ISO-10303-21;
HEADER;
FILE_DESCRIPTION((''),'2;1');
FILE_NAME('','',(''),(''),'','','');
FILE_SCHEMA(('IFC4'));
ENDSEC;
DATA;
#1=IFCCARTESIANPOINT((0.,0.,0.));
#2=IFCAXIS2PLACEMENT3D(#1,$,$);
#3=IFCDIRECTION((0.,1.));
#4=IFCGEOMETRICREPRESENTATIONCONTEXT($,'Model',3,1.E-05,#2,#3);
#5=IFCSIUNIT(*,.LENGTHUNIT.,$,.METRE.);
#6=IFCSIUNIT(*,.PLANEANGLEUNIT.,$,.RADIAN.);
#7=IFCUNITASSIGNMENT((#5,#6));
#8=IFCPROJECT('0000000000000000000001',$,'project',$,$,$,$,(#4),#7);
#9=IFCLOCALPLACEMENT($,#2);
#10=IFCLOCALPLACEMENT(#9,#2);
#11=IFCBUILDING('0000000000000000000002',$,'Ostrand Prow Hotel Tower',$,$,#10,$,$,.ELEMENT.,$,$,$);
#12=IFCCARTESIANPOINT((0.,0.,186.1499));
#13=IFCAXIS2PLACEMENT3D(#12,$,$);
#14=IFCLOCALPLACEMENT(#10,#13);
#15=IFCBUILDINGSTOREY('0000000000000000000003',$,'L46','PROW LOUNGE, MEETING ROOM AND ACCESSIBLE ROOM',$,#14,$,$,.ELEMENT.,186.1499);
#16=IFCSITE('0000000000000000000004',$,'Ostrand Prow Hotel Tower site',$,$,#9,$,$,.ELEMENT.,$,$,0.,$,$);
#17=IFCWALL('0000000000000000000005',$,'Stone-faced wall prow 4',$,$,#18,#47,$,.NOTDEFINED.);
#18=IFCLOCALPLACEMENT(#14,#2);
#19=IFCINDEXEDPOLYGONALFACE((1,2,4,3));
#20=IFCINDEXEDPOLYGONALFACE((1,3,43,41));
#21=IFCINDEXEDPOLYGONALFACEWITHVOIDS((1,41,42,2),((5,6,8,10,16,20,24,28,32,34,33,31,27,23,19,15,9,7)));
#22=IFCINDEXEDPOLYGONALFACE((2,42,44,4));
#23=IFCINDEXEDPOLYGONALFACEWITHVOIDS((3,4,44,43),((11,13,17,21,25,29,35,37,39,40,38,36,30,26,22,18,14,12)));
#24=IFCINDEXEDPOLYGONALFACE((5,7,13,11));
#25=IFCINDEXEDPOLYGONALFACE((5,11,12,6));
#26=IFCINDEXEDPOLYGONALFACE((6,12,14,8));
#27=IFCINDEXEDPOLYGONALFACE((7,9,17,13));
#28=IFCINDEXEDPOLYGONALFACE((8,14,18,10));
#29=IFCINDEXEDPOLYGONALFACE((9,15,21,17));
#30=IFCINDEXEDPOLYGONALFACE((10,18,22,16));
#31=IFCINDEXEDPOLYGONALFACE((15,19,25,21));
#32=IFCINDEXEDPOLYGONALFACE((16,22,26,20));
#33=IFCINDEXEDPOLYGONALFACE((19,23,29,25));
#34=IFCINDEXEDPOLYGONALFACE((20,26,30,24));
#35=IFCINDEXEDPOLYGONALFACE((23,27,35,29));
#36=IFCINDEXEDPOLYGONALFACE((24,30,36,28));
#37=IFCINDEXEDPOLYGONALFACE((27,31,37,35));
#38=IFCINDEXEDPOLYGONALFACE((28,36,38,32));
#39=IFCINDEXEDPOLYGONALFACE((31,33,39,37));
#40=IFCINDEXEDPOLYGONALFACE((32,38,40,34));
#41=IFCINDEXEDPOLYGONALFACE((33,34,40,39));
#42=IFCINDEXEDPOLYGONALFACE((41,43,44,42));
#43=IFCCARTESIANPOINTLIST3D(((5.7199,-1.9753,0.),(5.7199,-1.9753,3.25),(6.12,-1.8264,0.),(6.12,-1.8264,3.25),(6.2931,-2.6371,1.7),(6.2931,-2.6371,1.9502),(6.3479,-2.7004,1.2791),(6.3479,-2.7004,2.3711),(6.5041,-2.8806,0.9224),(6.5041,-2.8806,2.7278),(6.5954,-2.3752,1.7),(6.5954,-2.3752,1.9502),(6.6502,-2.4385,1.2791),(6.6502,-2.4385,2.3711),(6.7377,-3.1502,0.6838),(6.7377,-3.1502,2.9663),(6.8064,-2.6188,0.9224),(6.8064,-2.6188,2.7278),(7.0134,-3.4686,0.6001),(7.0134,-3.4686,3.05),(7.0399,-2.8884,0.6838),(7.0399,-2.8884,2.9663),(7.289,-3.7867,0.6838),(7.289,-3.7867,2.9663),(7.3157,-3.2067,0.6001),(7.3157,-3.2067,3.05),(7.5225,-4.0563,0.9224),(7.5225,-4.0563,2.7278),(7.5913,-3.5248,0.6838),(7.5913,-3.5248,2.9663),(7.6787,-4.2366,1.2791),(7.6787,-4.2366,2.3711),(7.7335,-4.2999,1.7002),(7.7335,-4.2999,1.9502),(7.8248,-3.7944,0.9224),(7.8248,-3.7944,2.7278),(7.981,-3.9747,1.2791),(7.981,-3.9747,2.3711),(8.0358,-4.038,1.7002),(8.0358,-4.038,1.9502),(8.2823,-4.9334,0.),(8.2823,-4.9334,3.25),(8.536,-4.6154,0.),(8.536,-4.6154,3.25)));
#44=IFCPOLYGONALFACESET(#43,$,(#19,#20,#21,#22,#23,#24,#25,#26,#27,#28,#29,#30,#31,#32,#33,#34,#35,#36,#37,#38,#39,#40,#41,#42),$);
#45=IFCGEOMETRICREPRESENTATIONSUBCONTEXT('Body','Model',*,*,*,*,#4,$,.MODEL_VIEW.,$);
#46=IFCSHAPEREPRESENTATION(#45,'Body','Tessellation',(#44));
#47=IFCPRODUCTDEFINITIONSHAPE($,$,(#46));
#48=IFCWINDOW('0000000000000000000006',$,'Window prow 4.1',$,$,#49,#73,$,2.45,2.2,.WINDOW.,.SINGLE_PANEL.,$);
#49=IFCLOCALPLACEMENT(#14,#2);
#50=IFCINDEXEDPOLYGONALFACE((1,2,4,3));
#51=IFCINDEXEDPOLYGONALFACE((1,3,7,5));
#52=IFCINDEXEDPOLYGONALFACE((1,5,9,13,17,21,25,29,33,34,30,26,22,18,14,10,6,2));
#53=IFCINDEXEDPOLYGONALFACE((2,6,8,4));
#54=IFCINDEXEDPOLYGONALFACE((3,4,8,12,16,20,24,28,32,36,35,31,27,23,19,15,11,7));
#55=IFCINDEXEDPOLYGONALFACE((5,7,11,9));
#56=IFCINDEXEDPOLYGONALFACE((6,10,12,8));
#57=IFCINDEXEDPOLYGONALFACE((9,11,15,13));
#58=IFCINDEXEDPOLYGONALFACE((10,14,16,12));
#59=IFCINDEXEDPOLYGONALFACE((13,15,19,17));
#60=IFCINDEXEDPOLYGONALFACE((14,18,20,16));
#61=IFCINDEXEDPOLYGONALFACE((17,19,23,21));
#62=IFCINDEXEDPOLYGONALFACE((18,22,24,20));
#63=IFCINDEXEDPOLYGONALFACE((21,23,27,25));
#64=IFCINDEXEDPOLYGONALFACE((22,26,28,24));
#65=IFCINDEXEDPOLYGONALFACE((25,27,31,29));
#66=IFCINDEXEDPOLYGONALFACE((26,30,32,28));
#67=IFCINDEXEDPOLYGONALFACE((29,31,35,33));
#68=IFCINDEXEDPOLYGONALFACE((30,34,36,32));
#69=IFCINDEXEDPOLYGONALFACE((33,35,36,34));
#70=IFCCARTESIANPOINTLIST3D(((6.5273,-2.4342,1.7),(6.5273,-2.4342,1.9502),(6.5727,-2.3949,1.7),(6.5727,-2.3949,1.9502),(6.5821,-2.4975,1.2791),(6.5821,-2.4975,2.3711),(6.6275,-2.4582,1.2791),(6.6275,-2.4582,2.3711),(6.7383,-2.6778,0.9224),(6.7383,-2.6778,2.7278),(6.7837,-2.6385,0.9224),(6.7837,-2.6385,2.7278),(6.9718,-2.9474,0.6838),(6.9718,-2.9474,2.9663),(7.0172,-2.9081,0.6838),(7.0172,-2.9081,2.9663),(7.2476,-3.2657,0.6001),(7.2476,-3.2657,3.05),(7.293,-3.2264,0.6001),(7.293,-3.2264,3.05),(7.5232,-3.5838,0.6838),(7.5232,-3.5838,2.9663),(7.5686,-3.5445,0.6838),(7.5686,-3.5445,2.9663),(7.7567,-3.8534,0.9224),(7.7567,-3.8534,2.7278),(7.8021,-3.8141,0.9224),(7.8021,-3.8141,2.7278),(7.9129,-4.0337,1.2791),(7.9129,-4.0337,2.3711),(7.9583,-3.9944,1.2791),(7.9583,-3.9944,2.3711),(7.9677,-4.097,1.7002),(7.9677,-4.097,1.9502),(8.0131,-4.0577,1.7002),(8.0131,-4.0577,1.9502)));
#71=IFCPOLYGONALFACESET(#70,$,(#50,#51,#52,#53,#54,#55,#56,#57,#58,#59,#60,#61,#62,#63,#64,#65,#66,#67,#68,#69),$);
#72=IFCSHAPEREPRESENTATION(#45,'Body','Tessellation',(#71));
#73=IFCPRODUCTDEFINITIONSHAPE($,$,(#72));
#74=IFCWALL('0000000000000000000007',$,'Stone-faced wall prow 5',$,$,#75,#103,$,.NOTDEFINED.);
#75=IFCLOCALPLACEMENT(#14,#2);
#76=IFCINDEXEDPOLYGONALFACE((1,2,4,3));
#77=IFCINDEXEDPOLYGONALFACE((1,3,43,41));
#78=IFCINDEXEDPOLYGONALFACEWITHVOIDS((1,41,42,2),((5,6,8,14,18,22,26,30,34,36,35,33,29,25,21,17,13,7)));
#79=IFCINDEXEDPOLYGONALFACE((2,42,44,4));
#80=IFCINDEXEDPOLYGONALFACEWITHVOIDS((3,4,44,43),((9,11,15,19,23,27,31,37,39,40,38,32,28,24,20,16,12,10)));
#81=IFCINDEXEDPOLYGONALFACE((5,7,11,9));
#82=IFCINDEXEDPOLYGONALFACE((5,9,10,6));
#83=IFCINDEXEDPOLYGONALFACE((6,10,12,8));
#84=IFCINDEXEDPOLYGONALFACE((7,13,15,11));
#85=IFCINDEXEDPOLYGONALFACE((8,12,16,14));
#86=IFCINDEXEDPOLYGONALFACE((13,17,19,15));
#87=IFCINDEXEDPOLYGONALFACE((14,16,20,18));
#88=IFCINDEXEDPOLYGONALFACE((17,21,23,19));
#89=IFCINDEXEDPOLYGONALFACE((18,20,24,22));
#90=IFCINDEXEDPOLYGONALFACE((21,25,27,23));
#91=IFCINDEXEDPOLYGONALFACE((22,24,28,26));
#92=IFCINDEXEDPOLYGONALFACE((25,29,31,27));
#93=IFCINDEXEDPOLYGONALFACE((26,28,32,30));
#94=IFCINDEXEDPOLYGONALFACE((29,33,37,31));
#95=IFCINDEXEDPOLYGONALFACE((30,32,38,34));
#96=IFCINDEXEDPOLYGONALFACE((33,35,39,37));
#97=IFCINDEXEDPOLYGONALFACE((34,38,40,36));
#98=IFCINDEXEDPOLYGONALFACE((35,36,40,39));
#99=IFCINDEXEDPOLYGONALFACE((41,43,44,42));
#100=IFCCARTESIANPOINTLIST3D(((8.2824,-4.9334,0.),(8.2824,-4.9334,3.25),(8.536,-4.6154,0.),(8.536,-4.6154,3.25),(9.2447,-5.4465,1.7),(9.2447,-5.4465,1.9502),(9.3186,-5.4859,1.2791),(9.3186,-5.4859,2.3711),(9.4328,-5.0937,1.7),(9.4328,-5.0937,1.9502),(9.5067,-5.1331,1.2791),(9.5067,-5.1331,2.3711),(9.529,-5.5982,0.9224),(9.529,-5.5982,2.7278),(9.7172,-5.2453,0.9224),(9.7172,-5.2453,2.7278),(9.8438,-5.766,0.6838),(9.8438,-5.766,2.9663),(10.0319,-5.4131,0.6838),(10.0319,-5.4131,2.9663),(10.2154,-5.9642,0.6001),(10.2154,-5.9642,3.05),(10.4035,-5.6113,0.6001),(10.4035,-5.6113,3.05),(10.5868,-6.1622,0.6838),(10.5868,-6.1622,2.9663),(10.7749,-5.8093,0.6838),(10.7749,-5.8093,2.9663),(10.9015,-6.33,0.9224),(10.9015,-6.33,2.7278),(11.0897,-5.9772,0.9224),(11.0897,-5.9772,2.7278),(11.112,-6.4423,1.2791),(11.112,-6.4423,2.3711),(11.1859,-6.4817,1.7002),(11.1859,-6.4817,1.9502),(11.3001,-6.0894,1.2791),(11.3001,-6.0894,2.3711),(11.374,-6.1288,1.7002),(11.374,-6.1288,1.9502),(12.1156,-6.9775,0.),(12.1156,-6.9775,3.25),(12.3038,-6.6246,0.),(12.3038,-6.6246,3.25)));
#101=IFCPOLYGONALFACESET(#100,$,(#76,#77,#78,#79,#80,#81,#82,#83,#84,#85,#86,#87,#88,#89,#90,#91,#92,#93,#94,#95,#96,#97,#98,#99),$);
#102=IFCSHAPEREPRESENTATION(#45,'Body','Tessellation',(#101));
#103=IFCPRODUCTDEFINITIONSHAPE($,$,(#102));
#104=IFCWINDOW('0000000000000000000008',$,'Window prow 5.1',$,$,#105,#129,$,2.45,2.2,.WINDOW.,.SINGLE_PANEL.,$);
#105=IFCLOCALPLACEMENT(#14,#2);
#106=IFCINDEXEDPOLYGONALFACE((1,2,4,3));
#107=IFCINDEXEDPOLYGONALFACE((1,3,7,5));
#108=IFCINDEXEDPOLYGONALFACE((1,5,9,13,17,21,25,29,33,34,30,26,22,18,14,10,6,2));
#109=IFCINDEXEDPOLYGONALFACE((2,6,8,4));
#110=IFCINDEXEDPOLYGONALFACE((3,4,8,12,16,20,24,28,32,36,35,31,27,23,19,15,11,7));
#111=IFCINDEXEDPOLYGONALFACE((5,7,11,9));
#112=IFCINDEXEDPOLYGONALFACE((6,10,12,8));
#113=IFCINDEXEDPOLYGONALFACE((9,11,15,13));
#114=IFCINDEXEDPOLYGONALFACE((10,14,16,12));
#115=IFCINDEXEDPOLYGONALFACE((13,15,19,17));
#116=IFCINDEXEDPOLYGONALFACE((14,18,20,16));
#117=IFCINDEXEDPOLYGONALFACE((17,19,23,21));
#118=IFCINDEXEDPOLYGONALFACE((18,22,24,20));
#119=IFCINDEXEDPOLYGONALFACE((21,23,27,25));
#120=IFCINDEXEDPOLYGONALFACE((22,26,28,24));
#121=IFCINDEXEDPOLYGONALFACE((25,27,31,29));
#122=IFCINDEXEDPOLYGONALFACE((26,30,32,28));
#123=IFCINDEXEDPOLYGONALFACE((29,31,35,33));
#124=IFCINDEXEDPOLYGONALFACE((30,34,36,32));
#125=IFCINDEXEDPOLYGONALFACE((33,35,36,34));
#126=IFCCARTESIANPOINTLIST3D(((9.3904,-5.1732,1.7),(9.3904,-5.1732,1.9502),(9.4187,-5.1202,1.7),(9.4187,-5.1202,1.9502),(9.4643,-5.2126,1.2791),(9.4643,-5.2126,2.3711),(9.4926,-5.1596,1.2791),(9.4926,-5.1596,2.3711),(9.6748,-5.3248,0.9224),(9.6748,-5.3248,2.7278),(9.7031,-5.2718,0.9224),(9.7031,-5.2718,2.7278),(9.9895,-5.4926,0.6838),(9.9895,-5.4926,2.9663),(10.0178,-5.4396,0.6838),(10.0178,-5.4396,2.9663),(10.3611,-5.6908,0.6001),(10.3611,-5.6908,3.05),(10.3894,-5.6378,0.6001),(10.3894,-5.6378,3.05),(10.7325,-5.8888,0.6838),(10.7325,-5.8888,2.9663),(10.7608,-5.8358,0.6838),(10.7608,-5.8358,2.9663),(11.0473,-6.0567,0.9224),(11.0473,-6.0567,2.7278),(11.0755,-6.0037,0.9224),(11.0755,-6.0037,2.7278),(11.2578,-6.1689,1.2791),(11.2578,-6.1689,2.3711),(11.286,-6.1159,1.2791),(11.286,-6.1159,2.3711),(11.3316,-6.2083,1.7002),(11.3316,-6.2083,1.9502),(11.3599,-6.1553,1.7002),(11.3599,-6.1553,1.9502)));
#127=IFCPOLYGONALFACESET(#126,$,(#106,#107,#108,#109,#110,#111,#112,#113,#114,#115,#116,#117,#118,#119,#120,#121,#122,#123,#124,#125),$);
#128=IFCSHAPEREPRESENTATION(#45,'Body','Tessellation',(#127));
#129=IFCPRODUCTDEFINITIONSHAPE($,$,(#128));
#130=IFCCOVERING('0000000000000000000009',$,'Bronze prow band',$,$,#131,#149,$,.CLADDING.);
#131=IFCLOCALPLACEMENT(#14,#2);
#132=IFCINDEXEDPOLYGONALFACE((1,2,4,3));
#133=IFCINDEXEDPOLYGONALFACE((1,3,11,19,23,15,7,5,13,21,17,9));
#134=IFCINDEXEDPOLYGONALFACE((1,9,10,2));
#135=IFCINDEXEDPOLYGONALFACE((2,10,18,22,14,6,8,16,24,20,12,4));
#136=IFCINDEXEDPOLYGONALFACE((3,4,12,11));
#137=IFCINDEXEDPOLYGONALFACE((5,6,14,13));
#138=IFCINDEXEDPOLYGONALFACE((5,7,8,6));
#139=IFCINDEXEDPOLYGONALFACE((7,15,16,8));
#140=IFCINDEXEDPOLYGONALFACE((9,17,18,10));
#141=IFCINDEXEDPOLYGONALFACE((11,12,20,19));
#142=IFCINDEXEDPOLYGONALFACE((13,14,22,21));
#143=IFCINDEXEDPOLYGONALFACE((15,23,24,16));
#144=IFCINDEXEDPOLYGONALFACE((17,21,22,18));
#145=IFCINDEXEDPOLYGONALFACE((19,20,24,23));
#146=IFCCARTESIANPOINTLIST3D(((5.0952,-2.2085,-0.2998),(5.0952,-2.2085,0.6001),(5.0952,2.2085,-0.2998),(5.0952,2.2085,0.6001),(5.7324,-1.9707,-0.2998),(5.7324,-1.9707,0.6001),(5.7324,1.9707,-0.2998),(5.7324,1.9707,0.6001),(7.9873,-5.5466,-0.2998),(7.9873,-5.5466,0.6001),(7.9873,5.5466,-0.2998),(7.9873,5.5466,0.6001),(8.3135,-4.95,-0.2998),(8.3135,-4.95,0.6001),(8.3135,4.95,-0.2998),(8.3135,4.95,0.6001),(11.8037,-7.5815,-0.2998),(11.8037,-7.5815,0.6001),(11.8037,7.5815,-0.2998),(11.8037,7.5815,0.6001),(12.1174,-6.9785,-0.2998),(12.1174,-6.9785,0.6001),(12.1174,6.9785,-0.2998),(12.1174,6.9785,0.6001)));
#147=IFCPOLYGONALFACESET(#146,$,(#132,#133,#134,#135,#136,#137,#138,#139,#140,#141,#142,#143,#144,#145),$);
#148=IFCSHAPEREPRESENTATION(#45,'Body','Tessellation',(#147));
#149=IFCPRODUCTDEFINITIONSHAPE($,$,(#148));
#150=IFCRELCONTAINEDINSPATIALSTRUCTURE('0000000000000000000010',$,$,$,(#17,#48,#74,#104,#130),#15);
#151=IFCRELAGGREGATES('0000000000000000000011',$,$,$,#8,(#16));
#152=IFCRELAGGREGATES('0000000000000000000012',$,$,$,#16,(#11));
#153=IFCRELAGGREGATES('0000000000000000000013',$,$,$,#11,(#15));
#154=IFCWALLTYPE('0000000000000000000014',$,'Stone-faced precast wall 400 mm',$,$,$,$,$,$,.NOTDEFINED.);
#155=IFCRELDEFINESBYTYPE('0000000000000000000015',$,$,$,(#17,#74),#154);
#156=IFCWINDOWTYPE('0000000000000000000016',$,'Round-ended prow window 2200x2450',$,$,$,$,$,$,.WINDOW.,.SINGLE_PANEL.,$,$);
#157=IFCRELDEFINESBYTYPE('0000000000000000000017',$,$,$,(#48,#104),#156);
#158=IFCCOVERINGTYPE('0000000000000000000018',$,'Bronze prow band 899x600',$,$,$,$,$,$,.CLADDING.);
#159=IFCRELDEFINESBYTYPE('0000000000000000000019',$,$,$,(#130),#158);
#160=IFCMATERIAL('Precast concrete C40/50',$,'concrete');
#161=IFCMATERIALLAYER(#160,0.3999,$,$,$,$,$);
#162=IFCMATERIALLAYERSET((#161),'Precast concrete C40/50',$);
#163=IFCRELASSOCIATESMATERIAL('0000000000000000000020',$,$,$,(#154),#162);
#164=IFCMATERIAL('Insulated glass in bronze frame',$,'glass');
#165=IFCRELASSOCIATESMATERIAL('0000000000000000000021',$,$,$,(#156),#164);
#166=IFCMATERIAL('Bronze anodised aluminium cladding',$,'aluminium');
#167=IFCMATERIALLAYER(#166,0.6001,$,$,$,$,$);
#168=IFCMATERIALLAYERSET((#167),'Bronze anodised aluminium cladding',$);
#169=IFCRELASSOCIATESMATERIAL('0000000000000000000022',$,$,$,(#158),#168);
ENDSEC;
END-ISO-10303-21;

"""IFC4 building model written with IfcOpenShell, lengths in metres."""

from ifc_helpers import new_model, si_unit, direction, frame, origin, place, context, subcontext, project, spatial, polyline, outline, extrude, material, layer, layer_set, type_object, element, fill, save


model = new_model("IFC4")

# Units and contexts
model_context = context("Model", 3, precision=1e-05, world=origin(), true_north=direction((0.0, 1.0)))
body_context = subcontext(model_context, "Body", "Model", "MODEL_VIEW")
ifc_project = project(units=[si_unit("LENGTHUNIT", "METRE"), si_unit("PLANEANGLEUNIT", "RADIAN")], contexts=[model_context])

# Site, building, storey
site_placement = place(None, origin())
site = spatial("IfcSite", under=ifc_project, at=site_placement, Name="Ostrand Prow Hotel Tower site", CompositionType="ELEMENT", RefElevation=0.0)
building_placement = place(site_placement, origin())
building = spatial("IfcBuilding", under=site, at=building_placement, Name="Ostrand Prow Hotel Tower", CompositionType="ELEMENT")
storey_placement = place(building_placement, frame((0.0, 0.0, 186.1499)))
storey = spatial("IfcBuildingStorey", under=building, at=storey_placement, Name="L46", Description="PROW LOUNGE, MEETING ROOM AND ACCESSIBLE ROOM", CompositionType="ELEMENT", Elevation=186.1499)

# Walls, openings, windows
ifc_material_1 = material(Name="Precast concrete C40/50", Category="concrete")
ifc_layer_1 = layer(ifc_material_1, 0.3999)
ifc_layer_set_1 = layer_set([ifc_layer_1], Name="Precast concrete C40/50")
wall_type = type_object("IfcWallType", Name="Stone-faced precast wall 400 mm", PredefinedType="NOTDEFINED", material=ifc_layer_set_1)
wall_1_placement = place(storey_placement, frame((5.9199, -1.9009, 0.0), z_axis=(0.0, 0.0, 1.0), x_axis=(0.654759, -0.755837, 0.0)))
wall_1 = element("IfcWall", 1, at=wall_1_placement, inside=storey, type_object=wall_type, Name="Stone-faced wall prow 4", PredefinedType="NOTDEFINED", context=body_context, shape_type="SweptSolid", body=[
    extrude(outline(polyline([(-0.0747, -0.2), (3.8389, -0.2), (3.7646, 0.2), (0.0747, 0.2), (-0.0747, -0.2)])), origin(), (0.0, 0.0, 1.0), 3.25),
])
opening_1_placement = place(wall_1_placement, frame((0.8008, 0.0, 0.6001)))
opening_1 = element("IfcOpeningElement", 2, at=opening_1_placement, cuts=wall_1, PredefinedType="OPENING", context=body_context, shape_type="SweptSolid", body=[
    extrude(outline(polyline([(0.0, 1.3501), (0.0837, 1.771), (0.3223, 2.1277), (0.679, 2.3662), (1.1001, 2.45), (1.521, 2.3662), (1.8777, 2.1277), (2.1162, 1.771), (2.2, 1.3501), (2.2, 1.1001), (2.1162, 0.679), (1.8777, 0.3223), (1.521, 0.0837), (1.1001, 0.0), (0.679, 0.0837), (0.3223, 0.3223), (0.0837, 0.679), (0.0, 1.0999), (0.0, 1.3501)])), frame((0.0, 0.21, 0.0), z_axis=(0.0, -1.0, 0.0), x_axis=(1.0, 0.0, 0.0)), (0.0, 0.0, 1.0), 0.4199),
])
ifc_material_2 = material(Name="Insulated glass in bronze frame", Category="glass")
window_type = type_object("IfcWindowType", Name="Round-ended prow window 2200x2450", PartitioningType="SINGLE_PANEL", PredefinedType="WINDOW", material=ifc_material_2)
window_1_placement = place(opening_1_placement, origin())
window_1 = element("IfcWindow", 3, at=window_1_placement, inside=storey, type_object=window_type, Name="Window prow 4.1", OverallHeight=2.45, OverallWidth=2.2, PartitioningType="SINGLE_PANEL", PredefinedType="WINDOW", context=body_context, shape_type="SweptSolid", body=[
    extrude(outline(polyline([(0.0, 1.3501), (0.0837, 1.771), (0.3223, 2.1277), (0.679, 2.3662), (1.1001, 2.45), (1.521, 2.3662), (1.8777, 2.1277), (2.1162, 1.771), (2.2, 1.3501), (2.2, 1.1001), (2.1162, 0.679), (1.8777, 0.3223), (1.521, 0.0837), (1.1001, 0.0), (0.679, 0.0837), (0.3223, 0.3223), (0.0837, 0.679), (0.0, 1.0999), (0.0, 1.3501)])), frame((0.0, 0.1699, 0.0), z_axis=(0.0, -1.0, 0.0), x_axis=(1.0, 0.0, 0.0)), (0.0, 0.0, 1.0), 0.0601),
])
fill(opening_1, window_1)
wall_2_placement = place(storey_placement, frame((8.4092, -4.7744, 0.0), z_axis=(0.0, 0.0, 1.0), x_axis=(0.882386, -0.470526, 0.0)))
wall_2 = element("IfcWall", 4, at=wall_2_placement, inside=storey, type_object=wall_type, Name="Stone-faced wall prow 5", PredefinedType="NOTDEFINED", context=body_context, shape_type="SweptSolid", body=[
    extrude(outline(polyline([(-0.0371, -0.2), (4.3071, -0.2), (4.3071, 0.2), (0.0371, 0.2), (-0.0371, -0.2)])), origin(), (0.0, 0.0, 1.0), 3.25),
])
opening_2_placement = place(wall_2_placement, frame((1.0535, 0.0, 0.6001)))
opening_2 = element("IfcOpeningElement", 5, at=opening_2_placement, cuts=wall_2, PredefinedType="OPENING", context=body_context, shape_type="SweptSolid", body=[
    extrude(outline(polyline([(0.0, 1.3501), (0.0837, 1.771), (0.3223, 2.1277), (0.679, 2.3662), (1.1001, 2.45), (1.521, 2.3662), (1.8777, 2.1277), (2.1162, 1.771), (2.2, 1.3501), (2.2, 1.1001), (2.1162, 0.679), (1.8777, 0.3223), (1.521, 0.0837), (1.1001, 0.0), (0.679, 0.0837), (0.3223, 0.3223), (0.0837, 0.679), (0.0, 1.0999), (0.0, 1.3501)])), frame((0.0, 0.21, 0.0), z_axis=(0.0, -1.0, 0.0), x_axis=(1.0, 0.0, 0.0)), (0.0, 0.0, 1.0), 0.4199),
])
window_2_placement = place(opening_2_placement, origin())
window_2 = element("IfcWindow", 6, at=window_2_placement, inside=storey, type_object=window_type, Name="Window prow 5.1", OverallHeight=2.45, OverallWidth=2.2, PartitioningType="SINGLE_PANEL", PredefinedType="WINDOW", context=body_context, shape_type="SweptSolid", body=[
    extrude(outline(polyline([(0.0, 1.3501), (0.0837, 1.771), (0.3223, 2.1277), (0.679, 2.3662), (1.1001, 2.45), (1.521, 2.3662), (1.8777, 2.1277), (2.1162, 1.771), (2.2, 1.3501), (2.2, 1.1001), (2.1162, 0.679), (1.8777, 0.3223), (1.521, 0.0837), (1.1001, 0.0), (0.679, 0.0837), (0.3223, 0.3223), (0.0837, 0.679), (0.0, 1.0999), (0.0, 1.3501)])), frame((0.0, 0.1699, 0.0), z_axis=(0.0, -1.0, 0.0), x_axis=(1.0, 0.0, 0.0)), (0.0, 0.0, 1.0), 0.0601),
])
fill(opening_2, window_2)

# Covering
ifc_material_3 = material(Name="Bronze anodised aluminium cladding", Category="aluminium")
ifc_layer_2 = layer(ifc_material_3, 0.6001)
ifc_layer_set_2 = layer_set([ifc_layer_2], Name="Bronze anodised aluminium cladding")
covering_type_1 = type_object("IfcCoveringType", Name="Bronze prow band 899x600", PredefinedType="CLADDING", material=ifc_layer_set_2)
covering_1_placement = place(storey_placement, frame((0.0, 0.0, -0.2998)))
element("IfcCovering", 7, at=covering_1_placement, inside=storey, type_object=covering_type_1, Name="Bronze prow band", PredefinedType="CLADDING", context=body_context, shape_type="SweptSolid", body=[
    extrude(outline(polyline([(11.8037, 7.5815), (7.9873, 5.5466), (5.0952, 2.2085), (5.0952, -2.2085), (7.9873, -5.5466), (11.8037, -7.5815), (12.1174, -6.9785), (8.3135, -4.95), (5.7324, -1.9707), (5.7324, 1.9707), (8.3135, 4.95), (12.1174, 6.9785), (11.8037, 7.5815)])), origin(), (0.0, 0.0, 1.0), 0.8999),
])

save(model, "model.ifc")
